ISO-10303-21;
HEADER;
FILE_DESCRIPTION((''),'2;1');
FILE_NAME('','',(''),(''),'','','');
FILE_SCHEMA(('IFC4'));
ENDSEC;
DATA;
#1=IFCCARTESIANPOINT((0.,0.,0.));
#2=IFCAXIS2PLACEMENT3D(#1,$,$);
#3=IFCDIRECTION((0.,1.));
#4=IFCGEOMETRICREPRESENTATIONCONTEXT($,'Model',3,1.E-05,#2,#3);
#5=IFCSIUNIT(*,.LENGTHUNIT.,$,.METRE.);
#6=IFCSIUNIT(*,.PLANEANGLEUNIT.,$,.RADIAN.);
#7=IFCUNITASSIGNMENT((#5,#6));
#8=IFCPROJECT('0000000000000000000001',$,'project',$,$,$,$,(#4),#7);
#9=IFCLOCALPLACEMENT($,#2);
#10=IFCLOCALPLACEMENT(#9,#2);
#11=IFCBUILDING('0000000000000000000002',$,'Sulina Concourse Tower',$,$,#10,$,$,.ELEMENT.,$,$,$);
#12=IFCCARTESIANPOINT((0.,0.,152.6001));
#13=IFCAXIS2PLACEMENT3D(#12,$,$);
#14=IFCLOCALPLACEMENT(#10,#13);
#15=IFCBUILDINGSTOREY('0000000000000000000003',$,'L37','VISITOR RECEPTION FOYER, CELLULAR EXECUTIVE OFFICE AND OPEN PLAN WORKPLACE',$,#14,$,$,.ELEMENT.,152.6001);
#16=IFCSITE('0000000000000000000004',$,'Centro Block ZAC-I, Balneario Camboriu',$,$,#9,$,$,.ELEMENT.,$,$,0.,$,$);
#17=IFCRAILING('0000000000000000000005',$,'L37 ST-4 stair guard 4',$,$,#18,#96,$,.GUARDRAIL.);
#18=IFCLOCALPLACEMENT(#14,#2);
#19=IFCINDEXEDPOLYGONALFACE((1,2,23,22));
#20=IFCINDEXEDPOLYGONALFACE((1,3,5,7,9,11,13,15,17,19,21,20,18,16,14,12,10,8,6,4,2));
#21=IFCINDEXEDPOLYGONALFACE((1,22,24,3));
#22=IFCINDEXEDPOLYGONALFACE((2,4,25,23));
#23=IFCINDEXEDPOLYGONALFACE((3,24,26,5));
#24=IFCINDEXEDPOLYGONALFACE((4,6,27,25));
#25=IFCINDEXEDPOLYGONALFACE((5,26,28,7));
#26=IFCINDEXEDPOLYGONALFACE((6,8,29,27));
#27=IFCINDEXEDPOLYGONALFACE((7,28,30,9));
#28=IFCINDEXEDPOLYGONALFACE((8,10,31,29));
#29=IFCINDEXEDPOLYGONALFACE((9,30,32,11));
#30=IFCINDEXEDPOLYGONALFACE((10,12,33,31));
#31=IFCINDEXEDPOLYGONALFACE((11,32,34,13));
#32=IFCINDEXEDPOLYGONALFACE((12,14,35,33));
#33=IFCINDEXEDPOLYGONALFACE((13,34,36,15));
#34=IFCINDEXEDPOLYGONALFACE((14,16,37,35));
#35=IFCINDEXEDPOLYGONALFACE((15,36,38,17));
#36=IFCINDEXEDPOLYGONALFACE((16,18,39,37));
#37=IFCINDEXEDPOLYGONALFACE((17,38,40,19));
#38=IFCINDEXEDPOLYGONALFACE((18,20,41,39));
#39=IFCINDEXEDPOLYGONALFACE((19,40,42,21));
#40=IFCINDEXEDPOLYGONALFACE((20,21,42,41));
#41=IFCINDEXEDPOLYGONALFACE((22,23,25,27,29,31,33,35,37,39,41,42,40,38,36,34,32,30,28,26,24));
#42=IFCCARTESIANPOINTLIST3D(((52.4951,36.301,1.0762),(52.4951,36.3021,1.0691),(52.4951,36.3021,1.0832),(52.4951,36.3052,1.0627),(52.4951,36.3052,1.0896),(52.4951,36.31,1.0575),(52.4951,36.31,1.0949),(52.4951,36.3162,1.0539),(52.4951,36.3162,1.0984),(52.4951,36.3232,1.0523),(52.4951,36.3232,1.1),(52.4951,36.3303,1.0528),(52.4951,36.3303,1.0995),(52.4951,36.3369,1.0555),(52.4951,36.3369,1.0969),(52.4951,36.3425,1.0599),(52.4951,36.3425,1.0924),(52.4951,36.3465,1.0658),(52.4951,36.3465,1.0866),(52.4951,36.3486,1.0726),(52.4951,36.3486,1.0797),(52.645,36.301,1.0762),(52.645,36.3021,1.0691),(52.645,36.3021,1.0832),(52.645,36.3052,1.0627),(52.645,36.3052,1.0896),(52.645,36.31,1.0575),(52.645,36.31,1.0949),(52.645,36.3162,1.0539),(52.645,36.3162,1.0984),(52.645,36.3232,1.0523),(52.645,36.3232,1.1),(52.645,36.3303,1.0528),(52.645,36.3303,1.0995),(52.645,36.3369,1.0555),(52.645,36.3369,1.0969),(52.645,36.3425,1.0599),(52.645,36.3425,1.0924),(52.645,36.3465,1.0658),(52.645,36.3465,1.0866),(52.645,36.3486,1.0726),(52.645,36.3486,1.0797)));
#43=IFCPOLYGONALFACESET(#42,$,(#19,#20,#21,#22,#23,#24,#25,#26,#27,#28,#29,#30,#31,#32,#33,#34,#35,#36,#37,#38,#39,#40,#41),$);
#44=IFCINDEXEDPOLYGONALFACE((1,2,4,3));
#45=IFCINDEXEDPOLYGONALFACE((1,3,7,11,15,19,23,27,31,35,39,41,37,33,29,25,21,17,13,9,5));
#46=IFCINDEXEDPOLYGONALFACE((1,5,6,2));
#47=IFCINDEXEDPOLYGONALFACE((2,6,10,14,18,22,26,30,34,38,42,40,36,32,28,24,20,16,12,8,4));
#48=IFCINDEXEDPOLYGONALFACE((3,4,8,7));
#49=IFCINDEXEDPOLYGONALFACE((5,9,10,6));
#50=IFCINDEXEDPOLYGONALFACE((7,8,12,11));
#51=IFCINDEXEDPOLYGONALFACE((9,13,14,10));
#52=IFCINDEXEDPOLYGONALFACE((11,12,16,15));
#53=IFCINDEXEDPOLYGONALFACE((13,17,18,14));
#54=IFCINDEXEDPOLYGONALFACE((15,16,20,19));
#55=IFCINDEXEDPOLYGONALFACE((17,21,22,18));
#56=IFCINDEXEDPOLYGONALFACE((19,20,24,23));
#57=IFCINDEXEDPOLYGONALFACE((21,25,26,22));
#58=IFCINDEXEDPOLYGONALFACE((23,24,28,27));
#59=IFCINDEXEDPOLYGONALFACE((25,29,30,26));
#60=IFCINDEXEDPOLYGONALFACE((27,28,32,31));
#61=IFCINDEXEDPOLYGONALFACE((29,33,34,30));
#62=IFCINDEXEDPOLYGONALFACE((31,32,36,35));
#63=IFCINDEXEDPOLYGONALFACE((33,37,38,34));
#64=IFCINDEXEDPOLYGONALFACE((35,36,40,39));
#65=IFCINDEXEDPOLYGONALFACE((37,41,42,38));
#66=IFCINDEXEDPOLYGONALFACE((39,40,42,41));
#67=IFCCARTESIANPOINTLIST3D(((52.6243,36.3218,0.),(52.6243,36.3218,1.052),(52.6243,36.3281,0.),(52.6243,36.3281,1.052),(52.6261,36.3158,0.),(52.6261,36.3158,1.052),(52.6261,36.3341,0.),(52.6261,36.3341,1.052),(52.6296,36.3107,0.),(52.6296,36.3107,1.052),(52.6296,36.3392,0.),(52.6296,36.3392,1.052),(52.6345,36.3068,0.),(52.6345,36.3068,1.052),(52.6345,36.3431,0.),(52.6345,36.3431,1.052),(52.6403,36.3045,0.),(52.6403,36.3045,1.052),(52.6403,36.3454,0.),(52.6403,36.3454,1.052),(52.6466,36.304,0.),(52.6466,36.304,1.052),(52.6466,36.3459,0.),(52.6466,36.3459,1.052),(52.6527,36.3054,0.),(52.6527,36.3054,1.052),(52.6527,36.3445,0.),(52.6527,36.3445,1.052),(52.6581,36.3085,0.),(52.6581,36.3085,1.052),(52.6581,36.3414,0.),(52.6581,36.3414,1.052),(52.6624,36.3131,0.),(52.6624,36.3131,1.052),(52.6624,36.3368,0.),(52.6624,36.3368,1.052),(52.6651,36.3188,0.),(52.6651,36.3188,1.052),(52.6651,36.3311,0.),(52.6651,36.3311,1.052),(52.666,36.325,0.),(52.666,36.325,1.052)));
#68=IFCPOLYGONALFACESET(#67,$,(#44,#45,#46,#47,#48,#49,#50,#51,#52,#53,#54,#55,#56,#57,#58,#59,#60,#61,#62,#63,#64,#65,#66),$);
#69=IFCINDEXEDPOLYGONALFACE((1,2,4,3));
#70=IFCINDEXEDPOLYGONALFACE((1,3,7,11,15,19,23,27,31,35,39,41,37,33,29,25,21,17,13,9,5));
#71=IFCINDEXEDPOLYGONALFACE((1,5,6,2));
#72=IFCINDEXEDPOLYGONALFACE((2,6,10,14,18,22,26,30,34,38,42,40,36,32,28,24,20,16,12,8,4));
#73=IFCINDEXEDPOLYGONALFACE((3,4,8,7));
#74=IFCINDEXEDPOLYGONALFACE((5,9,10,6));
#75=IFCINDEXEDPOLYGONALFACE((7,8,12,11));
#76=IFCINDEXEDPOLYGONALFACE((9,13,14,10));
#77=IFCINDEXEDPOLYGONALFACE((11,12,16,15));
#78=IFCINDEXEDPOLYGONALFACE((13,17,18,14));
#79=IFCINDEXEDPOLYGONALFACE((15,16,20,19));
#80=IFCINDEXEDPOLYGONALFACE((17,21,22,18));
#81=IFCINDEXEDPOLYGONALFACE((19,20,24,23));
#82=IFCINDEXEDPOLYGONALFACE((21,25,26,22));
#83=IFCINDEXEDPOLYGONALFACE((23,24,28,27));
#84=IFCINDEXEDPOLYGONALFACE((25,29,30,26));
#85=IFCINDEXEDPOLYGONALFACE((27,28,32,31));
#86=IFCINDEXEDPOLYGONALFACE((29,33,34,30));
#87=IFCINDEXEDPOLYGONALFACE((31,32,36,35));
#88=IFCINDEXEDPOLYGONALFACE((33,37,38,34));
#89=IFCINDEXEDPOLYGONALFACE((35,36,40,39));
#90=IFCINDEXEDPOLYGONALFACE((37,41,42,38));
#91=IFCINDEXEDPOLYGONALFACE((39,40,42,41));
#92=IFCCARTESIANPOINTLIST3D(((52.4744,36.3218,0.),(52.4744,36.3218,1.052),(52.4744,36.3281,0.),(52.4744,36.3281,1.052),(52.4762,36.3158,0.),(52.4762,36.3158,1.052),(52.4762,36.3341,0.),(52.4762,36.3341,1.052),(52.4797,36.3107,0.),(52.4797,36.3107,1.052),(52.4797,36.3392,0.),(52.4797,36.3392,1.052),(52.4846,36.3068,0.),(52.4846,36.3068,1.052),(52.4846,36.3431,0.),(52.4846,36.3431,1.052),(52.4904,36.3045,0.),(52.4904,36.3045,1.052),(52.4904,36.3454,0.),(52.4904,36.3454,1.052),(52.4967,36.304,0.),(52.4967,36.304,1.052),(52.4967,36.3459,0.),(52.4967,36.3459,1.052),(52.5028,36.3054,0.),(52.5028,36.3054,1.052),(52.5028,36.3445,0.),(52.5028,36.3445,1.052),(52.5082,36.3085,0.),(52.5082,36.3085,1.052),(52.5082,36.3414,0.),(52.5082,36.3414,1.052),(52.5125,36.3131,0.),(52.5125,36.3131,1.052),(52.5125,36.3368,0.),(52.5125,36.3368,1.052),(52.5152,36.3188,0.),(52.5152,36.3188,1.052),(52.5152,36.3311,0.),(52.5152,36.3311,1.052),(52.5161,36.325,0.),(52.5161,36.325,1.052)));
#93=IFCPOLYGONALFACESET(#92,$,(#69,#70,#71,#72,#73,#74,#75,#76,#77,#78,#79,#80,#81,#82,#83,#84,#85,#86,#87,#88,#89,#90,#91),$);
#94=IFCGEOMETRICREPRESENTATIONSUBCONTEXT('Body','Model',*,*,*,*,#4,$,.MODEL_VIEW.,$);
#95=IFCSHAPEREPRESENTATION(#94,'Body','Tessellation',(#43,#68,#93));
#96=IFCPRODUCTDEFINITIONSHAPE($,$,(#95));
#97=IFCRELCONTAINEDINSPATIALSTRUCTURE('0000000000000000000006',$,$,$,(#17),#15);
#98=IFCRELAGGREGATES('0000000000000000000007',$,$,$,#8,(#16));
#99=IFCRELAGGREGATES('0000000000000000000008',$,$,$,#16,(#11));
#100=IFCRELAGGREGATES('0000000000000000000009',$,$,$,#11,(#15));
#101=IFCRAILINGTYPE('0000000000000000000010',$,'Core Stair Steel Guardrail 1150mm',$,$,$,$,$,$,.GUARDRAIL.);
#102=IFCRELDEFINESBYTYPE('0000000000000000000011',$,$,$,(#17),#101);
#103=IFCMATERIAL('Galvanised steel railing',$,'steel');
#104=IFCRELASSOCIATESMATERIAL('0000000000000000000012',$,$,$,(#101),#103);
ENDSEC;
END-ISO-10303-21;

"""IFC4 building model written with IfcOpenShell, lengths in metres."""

from ifc_helpers import new_model, si_unit, direction, frame, origin, origin_2d, place, context, subcontext, project, spatial, circle, extrude, material, type_object, element, save


model = new_model("IFC4")

# Units and contexts
model_context = context("Model", 3, precision=1e-05, world=origin(), true_north=direction((0.0, 1.0)))
body_context = subcontext(model_context, "Body", "Model", "MODEL_VIEW")
ifc_project = project(units=[si_unit("LENGTHUNIT", "METRE"), si_unit("PLANEANGLEUNIT", "RADIAN")], contexts=[model_context])

# Site, building, storey
site_placement = place(None, origin())
site = spatial("IfcSite", under=ifc_project, at=site_placement, Name="Centro Block ZAC-I, Balneario Camboriu", CompositionType="ELEMENT", RefElevation=0.0)
building_placement = place(site_placement, origin())
building = spatial("IfcBuilding", under=site, at=building_placement, Name="Sulina Concourse Tower", CompositionType="ELEMENT")
storey_placement = place(building_placement, frame((0.0, 0.0, 152.6001)))
storey = spatial("IfcBuildingStorey", under=building, at=storey_placement, Name="L37", Description="VISITOR RECEPTION FOYER, CELLULAR EXECUTIVE OFFICE AND OPEN PLAN WORKPLACE", CompositionType="ELEMENT", Elevation=152.6001)

# Railing
ifc_material_1 = material(Name="Galvanised steel railing", Category="steel")
railing_type_1 = type_object("IfcRailingType", Name="Core Stair Steel Guardrail 1150mm", PredefinedType="GUARDRAIL", material=ifc_material_1)
railing_1_placement = place(storey_placement, frame((52.645, 36.325, 0.0)))
element("IfcRailing", 1, at=railing_1_placement, inside=storey, type_object=railing_type_1, Name="L37 ST-4 stair guard 4", PredefinedType="GUARDRAIL", context=body_context, shape_type="SweptSolid", body=[
    extrude(circle(Radius=0.0239, at=origin_2d()), frame((0.0, 0.0, 1.0762), z_axis=(-1.0, 0.0, 0.0), x_axis=(0.0, -1.0, 0.0)), (0.0, 0.0, 1.0), 0.1499),
    extrude(circle(Radius=0.021, at=origin_2d()), origin(), (0.0, 0.0, 1.0), 1.052),
    extrude(circle(Radius=0.021, at=origin_2d()), frame((-0.1499, 0.0, 0.0)), (0.0, 0.0, 1.0), 1.052),
])

save(model, "model.ifc")
